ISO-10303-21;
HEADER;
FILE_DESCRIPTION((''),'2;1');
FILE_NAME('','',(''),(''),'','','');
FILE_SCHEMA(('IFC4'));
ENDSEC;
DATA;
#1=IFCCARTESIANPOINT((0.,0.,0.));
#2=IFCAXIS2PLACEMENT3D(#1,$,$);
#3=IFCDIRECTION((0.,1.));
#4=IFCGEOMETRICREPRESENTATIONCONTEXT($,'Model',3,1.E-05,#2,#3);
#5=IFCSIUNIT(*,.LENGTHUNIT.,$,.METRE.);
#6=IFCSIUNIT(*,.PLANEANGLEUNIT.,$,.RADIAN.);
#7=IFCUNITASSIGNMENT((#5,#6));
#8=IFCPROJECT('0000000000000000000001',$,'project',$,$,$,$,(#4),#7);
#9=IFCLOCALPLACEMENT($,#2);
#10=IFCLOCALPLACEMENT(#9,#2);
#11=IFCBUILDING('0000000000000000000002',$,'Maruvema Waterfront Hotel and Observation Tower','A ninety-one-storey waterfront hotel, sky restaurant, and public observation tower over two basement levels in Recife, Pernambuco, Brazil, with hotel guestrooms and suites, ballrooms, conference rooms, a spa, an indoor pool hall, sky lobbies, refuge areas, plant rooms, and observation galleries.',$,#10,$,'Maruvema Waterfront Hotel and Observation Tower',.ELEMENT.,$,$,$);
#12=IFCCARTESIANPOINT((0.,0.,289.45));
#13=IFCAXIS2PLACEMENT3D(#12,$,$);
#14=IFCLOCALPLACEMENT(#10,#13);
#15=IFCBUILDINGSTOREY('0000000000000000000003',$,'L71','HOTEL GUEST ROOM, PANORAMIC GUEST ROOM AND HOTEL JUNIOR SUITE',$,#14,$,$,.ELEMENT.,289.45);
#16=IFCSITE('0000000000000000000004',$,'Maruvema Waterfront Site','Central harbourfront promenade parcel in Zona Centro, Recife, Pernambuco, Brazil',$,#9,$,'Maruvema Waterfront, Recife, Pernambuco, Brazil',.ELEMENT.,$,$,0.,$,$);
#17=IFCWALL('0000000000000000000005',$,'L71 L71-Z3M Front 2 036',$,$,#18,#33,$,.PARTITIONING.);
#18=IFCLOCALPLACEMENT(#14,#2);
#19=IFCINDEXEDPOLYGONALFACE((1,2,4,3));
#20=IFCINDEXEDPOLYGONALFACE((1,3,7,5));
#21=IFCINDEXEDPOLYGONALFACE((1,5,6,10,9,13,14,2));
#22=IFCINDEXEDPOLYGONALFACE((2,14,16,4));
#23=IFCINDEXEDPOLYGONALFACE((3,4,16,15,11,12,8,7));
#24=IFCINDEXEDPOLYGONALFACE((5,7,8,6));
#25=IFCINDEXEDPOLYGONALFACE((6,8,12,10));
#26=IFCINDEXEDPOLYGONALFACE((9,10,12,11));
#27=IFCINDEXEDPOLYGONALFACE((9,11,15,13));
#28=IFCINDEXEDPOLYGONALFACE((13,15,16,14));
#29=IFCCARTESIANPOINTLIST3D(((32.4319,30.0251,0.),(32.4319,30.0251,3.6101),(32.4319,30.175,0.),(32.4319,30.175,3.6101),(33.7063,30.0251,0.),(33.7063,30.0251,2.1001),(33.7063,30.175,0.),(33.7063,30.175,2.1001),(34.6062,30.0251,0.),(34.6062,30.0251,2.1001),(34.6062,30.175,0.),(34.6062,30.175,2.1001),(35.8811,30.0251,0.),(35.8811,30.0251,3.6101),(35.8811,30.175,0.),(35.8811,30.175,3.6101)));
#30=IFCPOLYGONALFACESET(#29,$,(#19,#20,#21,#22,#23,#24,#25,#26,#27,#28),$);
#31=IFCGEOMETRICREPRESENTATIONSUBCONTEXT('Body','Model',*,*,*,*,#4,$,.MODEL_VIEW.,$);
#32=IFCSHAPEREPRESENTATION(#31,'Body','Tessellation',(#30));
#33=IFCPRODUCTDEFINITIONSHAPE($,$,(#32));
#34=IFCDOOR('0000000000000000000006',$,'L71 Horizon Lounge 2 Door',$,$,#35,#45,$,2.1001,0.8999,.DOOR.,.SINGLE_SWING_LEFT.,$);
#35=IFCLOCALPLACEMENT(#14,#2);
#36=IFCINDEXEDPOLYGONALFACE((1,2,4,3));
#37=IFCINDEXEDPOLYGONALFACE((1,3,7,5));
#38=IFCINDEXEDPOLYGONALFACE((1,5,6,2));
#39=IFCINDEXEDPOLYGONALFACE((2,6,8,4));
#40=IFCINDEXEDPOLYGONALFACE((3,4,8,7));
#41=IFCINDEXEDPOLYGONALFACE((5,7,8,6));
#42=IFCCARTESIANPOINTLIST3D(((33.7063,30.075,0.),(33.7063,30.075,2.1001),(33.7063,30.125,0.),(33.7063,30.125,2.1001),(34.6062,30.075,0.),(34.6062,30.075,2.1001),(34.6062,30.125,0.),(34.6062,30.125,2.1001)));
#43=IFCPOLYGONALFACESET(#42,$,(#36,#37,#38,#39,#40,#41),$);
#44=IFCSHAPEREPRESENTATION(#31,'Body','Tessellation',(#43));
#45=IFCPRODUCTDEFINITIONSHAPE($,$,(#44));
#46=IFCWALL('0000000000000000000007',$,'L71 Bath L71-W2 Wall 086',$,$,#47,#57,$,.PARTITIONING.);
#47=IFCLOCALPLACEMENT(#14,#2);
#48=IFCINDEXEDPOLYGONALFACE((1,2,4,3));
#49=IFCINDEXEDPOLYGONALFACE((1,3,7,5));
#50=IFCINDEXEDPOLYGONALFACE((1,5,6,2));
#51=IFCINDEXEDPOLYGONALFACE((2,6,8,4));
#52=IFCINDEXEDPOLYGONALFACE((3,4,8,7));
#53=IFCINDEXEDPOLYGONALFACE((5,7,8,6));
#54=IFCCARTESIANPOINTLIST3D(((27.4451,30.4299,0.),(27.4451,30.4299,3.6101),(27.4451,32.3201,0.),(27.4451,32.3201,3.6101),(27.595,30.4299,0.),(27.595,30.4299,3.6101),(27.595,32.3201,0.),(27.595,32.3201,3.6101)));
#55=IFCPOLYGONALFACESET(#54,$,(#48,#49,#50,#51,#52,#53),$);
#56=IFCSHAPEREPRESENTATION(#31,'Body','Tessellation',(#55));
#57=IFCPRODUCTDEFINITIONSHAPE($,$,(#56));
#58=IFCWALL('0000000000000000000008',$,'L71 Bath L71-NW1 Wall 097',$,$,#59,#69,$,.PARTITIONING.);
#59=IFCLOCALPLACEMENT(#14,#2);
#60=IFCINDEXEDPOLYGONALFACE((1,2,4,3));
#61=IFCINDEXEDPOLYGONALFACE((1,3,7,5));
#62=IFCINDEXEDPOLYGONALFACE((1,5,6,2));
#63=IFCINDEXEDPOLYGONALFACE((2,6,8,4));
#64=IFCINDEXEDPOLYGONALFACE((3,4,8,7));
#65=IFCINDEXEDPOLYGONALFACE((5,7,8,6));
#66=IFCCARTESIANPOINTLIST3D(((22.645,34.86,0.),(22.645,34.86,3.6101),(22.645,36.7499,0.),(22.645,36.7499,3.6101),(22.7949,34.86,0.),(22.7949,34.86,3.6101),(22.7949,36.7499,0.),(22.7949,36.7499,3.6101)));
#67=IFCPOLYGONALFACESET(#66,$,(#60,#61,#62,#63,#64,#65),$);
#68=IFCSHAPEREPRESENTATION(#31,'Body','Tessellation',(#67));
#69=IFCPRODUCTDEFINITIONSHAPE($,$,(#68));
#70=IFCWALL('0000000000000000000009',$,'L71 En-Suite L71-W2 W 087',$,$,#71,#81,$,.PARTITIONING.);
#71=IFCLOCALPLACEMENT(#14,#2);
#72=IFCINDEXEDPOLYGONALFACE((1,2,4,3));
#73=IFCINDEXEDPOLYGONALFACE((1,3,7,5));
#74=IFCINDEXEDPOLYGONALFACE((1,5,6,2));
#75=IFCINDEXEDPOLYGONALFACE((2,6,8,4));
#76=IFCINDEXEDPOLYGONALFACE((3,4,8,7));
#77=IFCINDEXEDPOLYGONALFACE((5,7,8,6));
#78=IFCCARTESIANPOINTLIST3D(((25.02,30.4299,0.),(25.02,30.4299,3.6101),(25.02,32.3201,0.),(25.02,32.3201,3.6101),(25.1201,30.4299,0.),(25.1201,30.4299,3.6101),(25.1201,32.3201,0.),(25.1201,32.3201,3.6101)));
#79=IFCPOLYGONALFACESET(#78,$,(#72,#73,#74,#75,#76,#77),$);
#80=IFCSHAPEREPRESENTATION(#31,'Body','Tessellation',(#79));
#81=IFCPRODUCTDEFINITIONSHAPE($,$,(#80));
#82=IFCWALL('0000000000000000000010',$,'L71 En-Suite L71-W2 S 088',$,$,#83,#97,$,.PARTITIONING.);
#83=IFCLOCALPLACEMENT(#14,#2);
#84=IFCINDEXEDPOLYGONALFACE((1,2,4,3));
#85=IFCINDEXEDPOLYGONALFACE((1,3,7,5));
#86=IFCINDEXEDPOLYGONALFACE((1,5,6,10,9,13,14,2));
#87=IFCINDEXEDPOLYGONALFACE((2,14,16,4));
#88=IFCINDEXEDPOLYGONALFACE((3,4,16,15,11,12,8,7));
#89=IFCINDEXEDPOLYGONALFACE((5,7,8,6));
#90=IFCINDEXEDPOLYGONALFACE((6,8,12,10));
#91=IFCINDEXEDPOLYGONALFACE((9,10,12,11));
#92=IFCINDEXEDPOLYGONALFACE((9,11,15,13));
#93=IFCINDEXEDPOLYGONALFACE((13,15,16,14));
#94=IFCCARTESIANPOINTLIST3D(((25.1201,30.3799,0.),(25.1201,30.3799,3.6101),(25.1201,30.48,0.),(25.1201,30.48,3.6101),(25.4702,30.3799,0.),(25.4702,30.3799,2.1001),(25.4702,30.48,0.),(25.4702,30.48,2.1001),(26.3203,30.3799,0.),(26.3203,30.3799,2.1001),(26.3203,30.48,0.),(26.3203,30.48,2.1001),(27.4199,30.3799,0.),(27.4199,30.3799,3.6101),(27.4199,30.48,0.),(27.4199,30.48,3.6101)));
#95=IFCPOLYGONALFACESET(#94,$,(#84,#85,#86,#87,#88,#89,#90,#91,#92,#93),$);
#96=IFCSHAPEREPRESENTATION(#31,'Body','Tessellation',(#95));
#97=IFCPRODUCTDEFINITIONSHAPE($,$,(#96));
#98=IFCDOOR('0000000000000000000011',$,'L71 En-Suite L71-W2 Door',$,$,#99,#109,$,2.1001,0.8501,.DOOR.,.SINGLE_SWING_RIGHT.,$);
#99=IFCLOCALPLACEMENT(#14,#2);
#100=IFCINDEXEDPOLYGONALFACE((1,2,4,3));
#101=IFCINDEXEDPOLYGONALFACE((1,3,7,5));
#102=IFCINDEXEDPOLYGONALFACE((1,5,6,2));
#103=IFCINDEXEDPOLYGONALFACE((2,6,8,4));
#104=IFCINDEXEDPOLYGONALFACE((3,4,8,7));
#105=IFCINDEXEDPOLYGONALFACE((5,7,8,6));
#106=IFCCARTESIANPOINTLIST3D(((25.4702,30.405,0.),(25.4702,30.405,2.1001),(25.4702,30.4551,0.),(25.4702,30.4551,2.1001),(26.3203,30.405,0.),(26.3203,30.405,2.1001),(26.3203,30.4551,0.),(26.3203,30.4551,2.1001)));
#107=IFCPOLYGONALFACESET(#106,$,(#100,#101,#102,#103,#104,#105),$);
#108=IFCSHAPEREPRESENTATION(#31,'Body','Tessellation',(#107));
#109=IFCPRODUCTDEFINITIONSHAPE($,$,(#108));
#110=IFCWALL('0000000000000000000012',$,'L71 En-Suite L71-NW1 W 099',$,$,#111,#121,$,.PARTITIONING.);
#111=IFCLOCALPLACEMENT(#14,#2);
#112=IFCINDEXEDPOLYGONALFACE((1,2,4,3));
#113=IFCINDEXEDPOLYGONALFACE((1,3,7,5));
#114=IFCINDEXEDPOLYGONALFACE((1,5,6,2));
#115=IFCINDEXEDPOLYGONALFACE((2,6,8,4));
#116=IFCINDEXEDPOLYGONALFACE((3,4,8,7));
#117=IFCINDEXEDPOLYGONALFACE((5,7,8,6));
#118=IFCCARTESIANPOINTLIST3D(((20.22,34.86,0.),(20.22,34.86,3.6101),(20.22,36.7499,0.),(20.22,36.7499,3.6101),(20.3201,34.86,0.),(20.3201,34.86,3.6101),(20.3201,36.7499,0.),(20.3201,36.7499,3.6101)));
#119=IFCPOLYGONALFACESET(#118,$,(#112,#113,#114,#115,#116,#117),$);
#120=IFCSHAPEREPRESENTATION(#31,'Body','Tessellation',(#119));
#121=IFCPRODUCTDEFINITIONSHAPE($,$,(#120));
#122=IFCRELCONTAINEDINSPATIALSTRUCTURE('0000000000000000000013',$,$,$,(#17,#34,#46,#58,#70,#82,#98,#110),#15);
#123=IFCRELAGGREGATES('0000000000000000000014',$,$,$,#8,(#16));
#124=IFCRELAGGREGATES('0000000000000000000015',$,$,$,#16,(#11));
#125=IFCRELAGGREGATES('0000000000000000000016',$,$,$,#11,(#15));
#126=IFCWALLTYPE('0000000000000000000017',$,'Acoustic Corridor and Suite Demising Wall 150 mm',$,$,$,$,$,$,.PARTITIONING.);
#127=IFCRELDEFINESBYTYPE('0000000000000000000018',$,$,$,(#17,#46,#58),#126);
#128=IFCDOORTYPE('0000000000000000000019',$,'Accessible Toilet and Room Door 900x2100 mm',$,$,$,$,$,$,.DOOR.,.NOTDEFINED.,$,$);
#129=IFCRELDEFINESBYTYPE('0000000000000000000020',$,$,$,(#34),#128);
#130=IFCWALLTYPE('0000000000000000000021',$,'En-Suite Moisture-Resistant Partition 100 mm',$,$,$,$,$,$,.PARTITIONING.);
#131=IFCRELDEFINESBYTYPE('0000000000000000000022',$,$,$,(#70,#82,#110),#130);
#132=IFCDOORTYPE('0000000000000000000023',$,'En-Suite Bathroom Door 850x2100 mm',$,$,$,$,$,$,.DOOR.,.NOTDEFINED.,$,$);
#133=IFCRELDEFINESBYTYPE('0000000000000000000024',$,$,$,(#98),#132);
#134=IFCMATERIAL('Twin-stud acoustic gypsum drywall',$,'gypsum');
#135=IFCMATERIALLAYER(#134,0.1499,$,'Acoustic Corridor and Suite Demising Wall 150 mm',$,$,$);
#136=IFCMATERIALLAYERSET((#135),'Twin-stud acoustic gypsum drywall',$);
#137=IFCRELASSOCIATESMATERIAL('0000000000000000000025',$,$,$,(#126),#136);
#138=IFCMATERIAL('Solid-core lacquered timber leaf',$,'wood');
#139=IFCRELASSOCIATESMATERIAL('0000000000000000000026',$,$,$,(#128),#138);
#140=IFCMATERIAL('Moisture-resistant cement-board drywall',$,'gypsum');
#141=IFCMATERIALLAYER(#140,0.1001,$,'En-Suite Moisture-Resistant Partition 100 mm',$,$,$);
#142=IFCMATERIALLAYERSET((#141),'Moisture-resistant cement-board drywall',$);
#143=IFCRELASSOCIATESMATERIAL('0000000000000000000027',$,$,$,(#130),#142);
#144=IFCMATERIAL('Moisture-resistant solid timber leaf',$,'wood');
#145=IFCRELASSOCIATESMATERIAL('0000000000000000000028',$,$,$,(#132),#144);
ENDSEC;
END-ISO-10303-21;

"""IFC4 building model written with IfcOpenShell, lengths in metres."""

from ifc_helpers import new_model, si_unit, direction, frame, frame_2d, origin, place, context, subcontext, project, spatial, rectangle, extrude, material, layer, layer_set, type_object, element, fill, save


model = new_model("IFC4")

# Units and contexts
model_context = context("Model", 3, precision=1e-05, world=origin(), true_north=direction((0.0, 1.0)))
body_context = subcontext(model_context, "Body", "Model", "MODEL_VIEW")
ifc_project = project(units=[si_unit("LENGTHUNIT", "METRE"), si_unit("PLANEANGLEUNIT", "RADIAN")], contexts=[model_context])

# Site, building, storey
site_placement = place(None, origin())
site = spatial("IfcSite", under=ifc_project, at=site_placement, Name="Maruvema Waterfront Site", Description="Central harbourfront promenade parcel in Zona Centro, Recife, Pernambuco, Brazil", LongName="Maruvema Waterfront, Recife, Pernambuco, Brazil", CompositionType="ELEMENT", RefElevation=0.0)
building_placement = place(site_placement, origin())
building = spatial("IfcBuilding", under=site, at=building_placement, Name="Maruvema Waterfront Hotel and Observation Tower", Description="A ninety-one-storey waterfront hotel, sky restaurant, and public observation tower over two basement levels in Recife, Pernambuco, Brazil, with hotel guestrooms and suites, ballrooms, conference rooms, a spa, an indoor pool hall, sky lobbies, refuge areas, plant rooms, and observation galleries.", LongName="Maruvema Waterfront Hotel and Observation Tower", CompositionType="ELEMENT")
storey_placement = place(building_placement, frame((0.0, 0.0, 289.45)))
storey = spatial("IfcBuildingStorey", under=building, at=storey_placement, Name="L71", Description="HOTEL GUEST ROOM, PANORAMIC GUEST ROOM AND HOTEL JUNIOR SUITE", CompositionType="ELEMENT", Elevation=289.45)

# Wall, opening, door
ifc_material_1 = material(Name="Twin-stud acoustic gypsum drywall", Category="gypsum")
ifc_layer_1 = layer(ifc_material_1, 0.1499, Name="Acoustic Corridor and Suite Demising Wall 150 mm")
ifc_layer_set_1 = layer_set([ifc_layer_1], Name="Twin-stud acoustic gypsum drywall")
wall_type_1 = type_object("IfcWallType", Name="Acoustic Corridor and Suite Demising Wall 150 mm", PredefinedType="PARTITIONING", material=ifc_layer_set_1)
ifc_material_2 = material(Name="Solid-core lacquered timber leaf", Category="wood")
door_type_1 = type_object("IfcDoorType", Name="Accessible Toilet and Room Door 900x2100 mm", OperationType="NOTDEFINED", PredefinedType="DOOR", material=ifc_material_2)
wall_1_placement = place(storey_placement, frame((32.4319, 30.1001, 0.0), z_axis=(0.0, 0.0, 1.0), x_axis=(1.0, 0.0, 0.0)))
wall_1 = element("IfcWall", 1, at=wall_1_placement, inside=storey, type_object=wall_type_1, Name="L71 L71-Z3M Front 2 036", PredefinedType="PARTITIONING", context=body_context, shape_type="SweptSolid", body=[
    extrude(rectangle(XDim=3.4492, YDim=0.1499, at=frame_2d((1.7246, 0.0))), origin(), (0.0, 0.0, 1.0), 3.6101),
])
opening_1_placement = place(wall_1_placement, frame((1.2744, 0.0, 0.0)))
opening_1 = element("IfcOpeningElement", 2, at=opening_1_placement, cuts=wall_1, PredefinedType="OPENING", context=body_context, shape_type="SweptSolid", body=[
    extrude(rectangle(XDim=0.8999, YDim=2.1001, at=frame_2d((0.45, 1.05))), frame((0.0, 0.085, 0.0), z_axis=(0.0, -1.0, 0.0), x_axis=(1.0, 0.0, 0.0)), (0.0, 0.0, 1.0), 0.1699),
])
door_1_placement = place(opening_1_placement, origin())
door_1 = element("IfcDoor", 3, at=door_1_placement, inside=storey, type_object=door_type_1, Name="L71 Horizon Lounge 2 Door", OperationType="SINGLE_SWING_LEFT", OverallHeight=2.1001, OverallWidth=0.8999, PredefinedType="DOOR", context=body_context, shape_type="SweptSolid", body=[
    extrude(rectangle(XDim=0.8999, YDim=2.1001, at=frame_2d((0.45, 1.05))), frame((0.0, 0.0249, 0.0), z_axis=(0.0, -1.0, 0.0), x_axis=(1.0, 0.0, 0.0)), (0.0, 0.0, 1.0), 0.05),
])
fill(opening_1, door_1)

# Walls
wall_2_placement = place(storey_placement, frame((27.52, 30.4299, 0.0), z_axis=(0.0, 0.0, 1.0), x_axis=(0.0, 1.0, 0.0)))
element("IfcWall", 4, at=wall_2_placement, inside=storey, type_object=wall_type_1, Name="L71 Bath L71-W2 Wall 086", PredefinedType="PARTITIONING", context=body_context, shape_type="SweptSolid", body=[
    extrude(rectangle(XDim=1.8901, YDim=0.1499, at=frame_2d((0.9451, 0.0))), origin(), (0.0, 0.0, 1.0), 3.6101),
])
wall_3_placement = place(storey_placement, frame((22.72, 34.8601, 0.0), z_axis=(0.0, 0.0, 1.0), x_axis=(0.0, 1.0, 0.0)))
element("IfcWall", 5, at=wall_3_placement, inside=storey, type_object=wall_type_1, Name="L71 Bath L71-NW1 Wall 097", PredefinedType="PARTITIONING", context=body_context, shape_type="SweptSolid", body=[
    extrude(rectangle(XDim=1.8899, YDim=0.1499, at=frame_2d((0.9448, 0.0))), origin(), (0.0, 0.0, 1.0), 3.6101),
])
ifc_material_3 = material(Name="Moisture-resistant cement-board drywall", Category="gypsum")
ifc_layer_2 = layer(ifc_material_3, 0.1001, Name="En-Suite Moisture-Resistant Partition 100 mm")
ifc_layer_set_2 = layer_set([ifc_layer_2], Name="Moisture-resistant cement-board drywall")
wall_type_2 = type_object("IfcWallType", Name="En-Suite Moisture-Resistant Partition 100 mm", PredefinedType="PARTITIONING", material=ifc_layer_set_2)
wall_4_placement = place(storey_placement, frame((25.0701, 30.4299, 0.0), z_axis=(0.0, 0.0, 1.0), x_axis=(0.0, 1.0, 0.0)))
element("IfcWall", 6, at=wall_4_placement, inside=storey, type_object=wall_type_2, Name="L71 En-Suite L71-W2 W 087", PredefinedType="PARTITIONING", context=body_context, shape_type="SweptSolid", body=[
    extrude(rectangle(XDim=1.8901, YDim=0.1001, at=frame_2d((0.9451, 0.0))), origin(), (0.0, 0.0, 1.0), 3.6101),
])

# Wall, opening, door
wall_5_placement = place(storey_placement, frame((25.1201, 30.4299, 0.0), z_axis=(0.0, 0.0, 1.0), x_axis=(1.0, 0.0, 0.0)))
wall_5 = element("IfcWall", 7, at=wall_5_placement, inside=storey, type_object=wall_type_2, Name="L71 En-Suite L71-W2 S 088", PredefinedType="PARTITIONING", context=body_context, shape_type="SweptSolid", body=[
    extrude(rectangle(XDim=2.2998, YDim=0.1001, at=frame_2d((1.1499, 0.0))), origin(), (0.0, 0.0, 1.0), 3.6101),
])
opening_2_placement = place(wall_5_placement, frame((0.3501, 0.0, 0.0)))
opening_2 = element("IfcOpeningElement", 8, at=opening_2_placement, cuts=wall_5, PredefinedType="OPENING", context=body_context, shape_type="SweptSolid", body=[
    extrude(rectangle(XDim=0.8501, YDim=2.1001, at=frame_2d((0.425, 1.05))), frame((0.0, 0.0601, 0.0), z_axis=(0.0, -1.0, 0.0), x_axis=(1.0, 0.0, 0.0)), (0.0, 0.0, 1.0), 0.1201),
])
ifc_material_4 = material(Name="Moisture-resistant solid timber leaf", Category="wood")
door_type_2 = type_object("IfcDoorType", Name="En-Suite Bathroom Door 850x2100 mm", OperationType="NOTDEFINED", PredefinedType="DOOR", material=ifc_material_4)
door_2_placement = place(opening_2_placement, frame((0.8501, 0.0, 0.0), z_axis=(0.0, 0.0, 1.0), x_axis=(-1.0, 0.0, 0.0)))
door_2 = element("IfcDoor", 9, at=door_2_placement, inside=storey, type_object=door_type_2, Name="L71 En-Suite L71-W2 Door", OperationType="SINGLE_SWING_RIGHT", OverallHeight=2.1001, OverallWidth=0.8501, PredefinedType="DOOR", context=body_context, shape_type="SweptSolid", body=[
    extrude(rectangle(XDim=0.8501, YDim=2.1001, at=frame_2d((0.425, 1.05))), frame((0.0, 0.0249, 0.0), z_axis=(0.0, -1.0, 0.0), x_axis=(1.0, 0.0, 0.0)), (0.0, 0.0, 1.0), 0.05),
])
fill(opening_2, door_2)

# Wall
wall_6_placement = place(storey_placement, frame((20.27, 34.8601, 0.0), z_axis=(0.0, 0.0, 1.0), x_axis=(0.0, 1.0, 0.0)))
element("IfcWall", 10, at=wall_6_placement, inside=storey, type_object=wall_type_2, Name="L71 En-Suite L71-NW1 W 099", PredefinedType="PARTITIONING", context=body_context, shape_type="SweptSolid", body=[
    extrude(rectangle(XDim=1.8899, YDim=0.1001, at=frame_2d((0.9448, 0.0))), origin(), (0.0, 0.0, 1.0), 3.6101),
])

save(model, "model.ifc")
